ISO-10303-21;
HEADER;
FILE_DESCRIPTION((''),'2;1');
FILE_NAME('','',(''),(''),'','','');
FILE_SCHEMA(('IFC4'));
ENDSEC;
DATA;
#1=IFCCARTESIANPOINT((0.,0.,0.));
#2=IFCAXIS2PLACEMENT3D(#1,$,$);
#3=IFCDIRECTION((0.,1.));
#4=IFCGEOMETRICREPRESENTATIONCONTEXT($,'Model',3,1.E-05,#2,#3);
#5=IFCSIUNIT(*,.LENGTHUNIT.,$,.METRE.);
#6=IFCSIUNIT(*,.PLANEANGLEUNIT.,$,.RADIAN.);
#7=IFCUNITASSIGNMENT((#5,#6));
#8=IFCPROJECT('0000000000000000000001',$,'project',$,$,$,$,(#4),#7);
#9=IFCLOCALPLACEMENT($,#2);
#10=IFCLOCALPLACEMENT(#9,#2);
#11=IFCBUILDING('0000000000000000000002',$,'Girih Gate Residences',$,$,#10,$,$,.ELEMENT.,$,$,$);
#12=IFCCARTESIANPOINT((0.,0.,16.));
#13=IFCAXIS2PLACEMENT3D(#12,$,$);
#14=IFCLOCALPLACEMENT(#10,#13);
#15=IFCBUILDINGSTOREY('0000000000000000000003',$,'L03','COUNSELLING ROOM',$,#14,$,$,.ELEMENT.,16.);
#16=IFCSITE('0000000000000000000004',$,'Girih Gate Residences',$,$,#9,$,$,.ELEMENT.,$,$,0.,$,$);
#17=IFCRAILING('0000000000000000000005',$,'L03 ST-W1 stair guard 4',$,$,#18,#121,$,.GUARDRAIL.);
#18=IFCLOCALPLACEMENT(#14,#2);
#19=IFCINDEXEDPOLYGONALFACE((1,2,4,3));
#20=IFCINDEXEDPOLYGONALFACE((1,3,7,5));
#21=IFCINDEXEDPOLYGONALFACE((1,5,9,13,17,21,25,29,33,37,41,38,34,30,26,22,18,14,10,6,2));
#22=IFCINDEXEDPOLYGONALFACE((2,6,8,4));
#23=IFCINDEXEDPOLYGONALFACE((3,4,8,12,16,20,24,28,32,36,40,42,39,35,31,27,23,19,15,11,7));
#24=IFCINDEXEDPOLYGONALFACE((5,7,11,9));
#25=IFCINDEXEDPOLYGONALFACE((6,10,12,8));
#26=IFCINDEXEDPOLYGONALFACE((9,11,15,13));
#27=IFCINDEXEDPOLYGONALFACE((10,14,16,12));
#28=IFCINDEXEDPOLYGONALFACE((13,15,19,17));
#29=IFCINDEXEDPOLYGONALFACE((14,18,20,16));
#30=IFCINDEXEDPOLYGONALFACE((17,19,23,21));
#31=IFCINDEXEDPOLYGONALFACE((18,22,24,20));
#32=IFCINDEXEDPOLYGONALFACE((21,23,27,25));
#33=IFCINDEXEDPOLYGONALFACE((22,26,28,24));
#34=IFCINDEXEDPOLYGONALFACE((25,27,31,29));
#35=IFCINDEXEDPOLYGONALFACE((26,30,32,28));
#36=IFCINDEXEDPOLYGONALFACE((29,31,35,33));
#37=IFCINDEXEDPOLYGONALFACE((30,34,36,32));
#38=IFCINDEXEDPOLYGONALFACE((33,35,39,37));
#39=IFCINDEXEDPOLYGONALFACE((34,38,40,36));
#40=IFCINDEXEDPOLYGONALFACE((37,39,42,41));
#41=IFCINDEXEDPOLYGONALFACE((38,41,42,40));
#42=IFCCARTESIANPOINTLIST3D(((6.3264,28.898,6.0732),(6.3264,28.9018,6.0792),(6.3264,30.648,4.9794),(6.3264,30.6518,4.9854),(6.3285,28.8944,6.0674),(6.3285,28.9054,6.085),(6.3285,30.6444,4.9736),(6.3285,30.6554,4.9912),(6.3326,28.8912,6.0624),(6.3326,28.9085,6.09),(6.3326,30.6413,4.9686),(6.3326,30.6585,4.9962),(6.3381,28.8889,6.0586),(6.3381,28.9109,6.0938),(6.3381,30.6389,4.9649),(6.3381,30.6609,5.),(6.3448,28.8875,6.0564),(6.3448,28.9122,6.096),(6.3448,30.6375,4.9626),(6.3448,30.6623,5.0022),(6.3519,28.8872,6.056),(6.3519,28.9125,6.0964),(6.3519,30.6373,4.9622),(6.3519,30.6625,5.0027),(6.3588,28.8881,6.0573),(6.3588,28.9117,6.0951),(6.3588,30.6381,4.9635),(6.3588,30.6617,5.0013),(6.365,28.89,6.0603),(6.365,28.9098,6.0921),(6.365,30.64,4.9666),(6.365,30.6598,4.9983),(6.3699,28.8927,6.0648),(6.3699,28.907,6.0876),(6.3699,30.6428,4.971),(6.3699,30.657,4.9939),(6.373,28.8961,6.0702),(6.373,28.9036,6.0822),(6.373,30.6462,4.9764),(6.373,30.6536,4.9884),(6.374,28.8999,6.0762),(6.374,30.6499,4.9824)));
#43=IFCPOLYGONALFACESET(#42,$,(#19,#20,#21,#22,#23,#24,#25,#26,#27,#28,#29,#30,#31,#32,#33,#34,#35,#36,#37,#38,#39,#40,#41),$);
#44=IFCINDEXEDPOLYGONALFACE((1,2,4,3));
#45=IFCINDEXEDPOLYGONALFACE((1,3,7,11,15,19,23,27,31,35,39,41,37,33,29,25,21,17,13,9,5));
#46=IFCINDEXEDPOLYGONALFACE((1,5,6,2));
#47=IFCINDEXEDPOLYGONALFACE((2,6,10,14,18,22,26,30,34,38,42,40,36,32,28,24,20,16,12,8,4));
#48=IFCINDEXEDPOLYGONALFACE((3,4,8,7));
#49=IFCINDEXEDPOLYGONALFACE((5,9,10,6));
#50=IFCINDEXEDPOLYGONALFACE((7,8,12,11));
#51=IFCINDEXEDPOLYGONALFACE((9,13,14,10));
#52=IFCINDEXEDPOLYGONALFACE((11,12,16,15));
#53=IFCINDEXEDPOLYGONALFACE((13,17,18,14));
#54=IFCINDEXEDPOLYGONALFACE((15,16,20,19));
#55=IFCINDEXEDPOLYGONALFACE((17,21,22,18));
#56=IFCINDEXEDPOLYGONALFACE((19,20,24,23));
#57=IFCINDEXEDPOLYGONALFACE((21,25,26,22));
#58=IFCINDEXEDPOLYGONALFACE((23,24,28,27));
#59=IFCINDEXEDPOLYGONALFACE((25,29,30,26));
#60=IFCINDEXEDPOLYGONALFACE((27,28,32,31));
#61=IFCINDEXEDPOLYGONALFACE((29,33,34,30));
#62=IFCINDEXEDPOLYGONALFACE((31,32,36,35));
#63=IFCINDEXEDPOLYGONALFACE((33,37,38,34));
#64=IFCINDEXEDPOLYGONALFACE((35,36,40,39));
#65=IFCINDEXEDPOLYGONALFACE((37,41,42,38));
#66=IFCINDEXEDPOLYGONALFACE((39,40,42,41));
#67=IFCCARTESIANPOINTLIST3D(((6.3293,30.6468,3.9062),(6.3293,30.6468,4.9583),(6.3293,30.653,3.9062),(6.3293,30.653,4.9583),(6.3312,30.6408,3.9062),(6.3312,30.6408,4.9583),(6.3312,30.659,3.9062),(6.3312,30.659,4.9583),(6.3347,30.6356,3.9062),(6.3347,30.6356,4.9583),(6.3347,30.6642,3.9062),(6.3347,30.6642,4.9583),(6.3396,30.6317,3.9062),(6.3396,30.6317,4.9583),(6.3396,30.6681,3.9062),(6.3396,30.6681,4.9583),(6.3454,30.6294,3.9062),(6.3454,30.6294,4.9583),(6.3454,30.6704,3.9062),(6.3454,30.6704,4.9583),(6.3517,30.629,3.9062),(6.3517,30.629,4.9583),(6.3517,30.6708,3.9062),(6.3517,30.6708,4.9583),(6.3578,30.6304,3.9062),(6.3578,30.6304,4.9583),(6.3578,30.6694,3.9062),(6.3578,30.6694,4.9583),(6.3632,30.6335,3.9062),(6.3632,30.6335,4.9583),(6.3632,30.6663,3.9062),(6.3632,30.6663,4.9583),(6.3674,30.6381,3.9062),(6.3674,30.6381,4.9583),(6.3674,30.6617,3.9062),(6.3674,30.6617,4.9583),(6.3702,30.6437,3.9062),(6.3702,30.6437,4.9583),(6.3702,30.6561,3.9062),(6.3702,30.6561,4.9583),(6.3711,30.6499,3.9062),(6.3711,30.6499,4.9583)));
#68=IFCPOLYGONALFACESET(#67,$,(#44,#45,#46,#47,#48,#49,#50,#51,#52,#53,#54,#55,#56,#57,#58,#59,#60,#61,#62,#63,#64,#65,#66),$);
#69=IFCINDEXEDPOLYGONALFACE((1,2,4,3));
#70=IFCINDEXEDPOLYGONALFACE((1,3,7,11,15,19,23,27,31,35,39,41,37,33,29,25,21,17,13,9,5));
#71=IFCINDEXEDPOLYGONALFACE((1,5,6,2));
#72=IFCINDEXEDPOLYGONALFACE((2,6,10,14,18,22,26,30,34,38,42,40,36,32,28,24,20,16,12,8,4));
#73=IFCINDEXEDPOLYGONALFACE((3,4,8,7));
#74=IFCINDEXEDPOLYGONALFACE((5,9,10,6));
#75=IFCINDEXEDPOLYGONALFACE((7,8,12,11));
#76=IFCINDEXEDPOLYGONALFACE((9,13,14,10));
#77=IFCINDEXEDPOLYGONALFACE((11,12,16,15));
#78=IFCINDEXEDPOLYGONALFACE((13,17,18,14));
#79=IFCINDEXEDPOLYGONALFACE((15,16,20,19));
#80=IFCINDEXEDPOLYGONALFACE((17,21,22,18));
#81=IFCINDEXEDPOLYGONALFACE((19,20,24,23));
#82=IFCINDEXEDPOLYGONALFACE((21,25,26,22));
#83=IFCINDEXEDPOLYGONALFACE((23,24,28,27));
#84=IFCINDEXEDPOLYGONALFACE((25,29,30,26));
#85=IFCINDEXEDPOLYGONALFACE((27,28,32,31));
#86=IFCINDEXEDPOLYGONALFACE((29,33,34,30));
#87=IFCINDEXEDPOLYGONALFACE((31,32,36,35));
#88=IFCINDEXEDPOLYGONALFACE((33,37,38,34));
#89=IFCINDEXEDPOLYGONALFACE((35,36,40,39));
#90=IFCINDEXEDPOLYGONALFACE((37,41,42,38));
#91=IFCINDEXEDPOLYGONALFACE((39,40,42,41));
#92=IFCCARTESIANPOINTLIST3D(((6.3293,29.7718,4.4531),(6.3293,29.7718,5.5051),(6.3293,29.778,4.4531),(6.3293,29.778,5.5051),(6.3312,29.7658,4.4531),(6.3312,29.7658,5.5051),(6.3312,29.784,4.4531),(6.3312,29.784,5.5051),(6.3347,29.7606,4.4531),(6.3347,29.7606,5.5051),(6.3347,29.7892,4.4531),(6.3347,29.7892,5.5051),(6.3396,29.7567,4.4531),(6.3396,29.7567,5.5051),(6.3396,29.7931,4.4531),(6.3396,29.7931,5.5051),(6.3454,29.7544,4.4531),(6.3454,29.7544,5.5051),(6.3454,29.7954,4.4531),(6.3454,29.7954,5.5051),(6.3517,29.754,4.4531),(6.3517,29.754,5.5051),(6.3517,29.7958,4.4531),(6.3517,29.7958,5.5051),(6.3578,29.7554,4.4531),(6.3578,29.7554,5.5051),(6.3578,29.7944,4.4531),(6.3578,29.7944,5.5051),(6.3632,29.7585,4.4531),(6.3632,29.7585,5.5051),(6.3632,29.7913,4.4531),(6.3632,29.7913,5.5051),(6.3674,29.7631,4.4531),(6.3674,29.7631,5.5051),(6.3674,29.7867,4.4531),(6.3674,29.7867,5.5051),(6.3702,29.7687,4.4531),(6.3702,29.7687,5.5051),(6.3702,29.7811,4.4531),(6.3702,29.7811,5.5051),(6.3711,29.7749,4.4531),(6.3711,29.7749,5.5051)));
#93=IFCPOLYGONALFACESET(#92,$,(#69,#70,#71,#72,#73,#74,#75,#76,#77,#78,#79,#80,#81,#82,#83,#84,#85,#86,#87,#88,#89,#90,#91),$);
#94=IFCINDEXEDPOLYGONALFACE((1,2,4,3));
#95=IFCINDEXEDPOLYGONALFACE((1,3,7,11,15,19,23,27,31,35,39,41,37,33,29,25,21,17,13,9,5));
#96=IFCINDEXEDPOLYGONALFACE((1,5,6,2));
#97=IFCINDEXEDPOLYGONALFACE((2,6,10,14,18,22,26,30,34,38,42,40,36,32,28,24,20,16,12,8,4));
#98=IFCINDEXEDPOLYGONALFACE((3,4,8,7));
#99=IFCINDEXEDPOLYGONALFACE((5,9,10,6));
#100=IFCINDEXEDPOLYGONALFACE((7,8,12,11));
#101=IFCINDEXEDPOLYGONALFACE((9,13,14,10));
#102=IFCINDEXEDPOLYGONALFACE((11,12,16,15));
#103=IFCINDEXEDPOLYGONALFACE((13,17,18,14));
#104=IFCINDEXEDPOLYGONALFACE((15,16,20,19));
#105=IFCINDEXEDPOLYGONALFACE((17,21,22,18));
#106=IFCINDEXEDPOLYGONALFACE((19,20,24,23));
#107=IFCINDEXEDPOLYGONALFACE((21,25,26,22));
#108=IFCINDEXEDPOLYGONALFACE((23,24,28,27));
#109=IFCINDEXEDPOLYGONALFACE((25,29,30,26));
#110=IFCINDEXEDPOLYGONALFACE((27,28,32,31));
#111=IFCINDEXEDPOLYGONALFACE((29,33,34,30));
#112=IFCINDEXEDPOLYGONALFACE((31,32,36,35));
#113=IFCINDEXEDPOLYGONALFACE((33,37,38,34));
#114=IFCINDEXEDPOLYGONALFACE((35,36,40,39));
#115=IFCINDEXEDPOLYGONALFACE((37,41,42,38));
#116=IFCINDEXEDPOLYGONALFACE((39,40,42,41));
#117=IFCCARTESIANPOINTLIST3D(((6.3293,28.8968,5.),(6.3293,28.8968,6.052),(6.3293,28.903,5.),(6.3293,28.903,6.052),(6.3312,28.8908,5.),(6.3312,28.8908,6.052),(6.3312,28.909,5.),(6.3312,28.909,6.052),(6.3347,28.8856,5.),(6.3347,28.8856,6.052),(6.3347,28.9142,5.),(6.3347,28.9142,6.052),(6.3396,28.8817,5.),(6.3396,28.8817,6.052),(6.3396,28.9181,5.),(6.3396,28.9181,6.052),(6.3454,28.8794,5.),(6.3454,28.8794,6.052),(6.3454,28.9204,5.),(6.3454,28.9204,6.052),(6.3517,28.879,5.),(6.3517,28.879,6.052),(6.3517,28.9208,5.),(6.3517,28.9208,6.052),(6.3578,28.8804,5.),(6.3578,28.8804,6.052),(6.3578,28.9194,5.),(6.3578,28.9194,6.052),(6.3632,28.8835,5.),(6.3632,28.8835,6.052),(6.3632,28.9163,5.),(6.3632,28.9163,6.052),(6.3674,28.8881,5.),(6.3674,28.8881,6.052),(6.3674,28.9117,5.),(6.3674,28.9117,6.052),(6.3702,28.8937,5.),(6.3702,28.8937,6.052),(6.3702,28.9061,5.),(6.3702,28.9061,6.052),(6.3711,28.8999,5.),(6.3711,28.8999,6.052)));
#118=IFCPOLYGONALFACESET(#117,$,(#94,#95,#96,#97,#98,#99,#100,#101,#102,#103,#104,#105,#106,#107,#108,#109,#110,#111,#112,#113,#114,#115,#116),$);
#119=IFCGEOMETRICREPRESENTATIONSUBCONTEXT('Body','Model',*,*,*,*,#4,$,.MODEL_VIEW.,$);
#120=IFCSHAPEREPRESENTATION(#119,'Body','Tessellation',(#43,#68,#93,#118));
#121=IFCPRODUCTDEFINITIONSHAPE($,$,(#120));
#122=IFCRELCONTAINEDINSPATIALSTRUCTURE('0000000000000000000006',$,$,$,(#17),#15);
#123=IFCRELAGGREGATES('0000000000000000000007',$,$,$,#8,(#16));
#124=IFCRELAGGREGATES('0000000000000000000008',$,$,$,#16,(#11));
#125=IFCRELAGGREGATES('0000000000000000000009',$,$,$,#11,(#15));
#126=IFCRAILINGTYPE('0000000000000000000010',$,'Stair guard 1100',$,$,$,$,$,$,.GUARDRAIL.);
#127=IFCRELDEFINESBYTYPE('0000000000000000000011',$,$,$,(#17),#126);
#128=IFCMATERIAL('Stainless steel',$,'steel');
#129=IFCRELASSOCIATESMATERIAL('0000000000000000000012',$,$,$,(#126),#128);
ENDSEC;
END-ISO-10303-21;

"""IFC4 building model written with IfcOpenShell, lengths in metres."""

from ifc_helpers import new_model, si_unit, direction, frame, origin, origin_2d, place, context, subcontext, project, spatial, circle, extrude, material, type_object, element, save


model = new_model("IFC4")

# Units and contexts
model_context = context("Model", 3, precision=1e-05, world=origin(), true_north=direction((0.0, 1.0)))
body_context = subcontext(model_context, "Body", "Model", "MODEL_VIEW")
ifc_project = project(units=[si_unit("LENGTHUNIT", "METRE"), si_unit("PLANEANGLEUNIT", "RADIAN")], contexts=[model_context])

# Site, building, storey
site_placement = place(None, origin())
site = spatial("IfcSite", under=ifc_project, at=site_placement, Name="Girih Gate Residences", CompositionType="ELEMENT", RefElevation=0.0)
building_placement = place(site_placement, origin())
building = spatial("IfcBuilding", under=site, at=building_placement, Name="Girih Gate Residences", CompositionType="ELEMENT")
storey_placement = place(building_placement, frame((0.0, 0.0, 16.0)))
storey = spatial("IfcBuildingStorey", under=building, at=storey_placement, Name="L03", Description="COUNSELLING ROOM", CompositionType="ELEMENT", Elevation=16.0)

# Railing
ifc_material_1 = material(Name="Stainless steel", Category="steel")
railing_type_1 = type_object("IfcRailingType", Name="Stair guard 1100", PredefinedType="GUARDRAIL", material=ifc_material_1)
railing_1_placement = place(storey_placement, frame((6.3501, 30.6499, 3.9062)))
element("IfcRailing", 1, at=railing_1_placement, inside=storey, type_object=railing_type_1, Name="L03 ST-W1 stair guard 4", PredefinedType="GUARDRAIL", context=body_context, shape_type="SweptSolid", body=[
    extrude(circle(Radius=0.0239, at=origin_2d()), frame((0.0, 0.0, 1.0762), z_axis=(0.0, -0.847998, 0.529999), x_axis=(1.0, 0.0, 0.0)), (0.0, 0.0, 1.0), 2.0637),
    extrude(circle(Radius=0.021, at=origin_2d()), origin(), (0.0, 0.0, 1.0), 1.052),
    extrude(circle(Radius=0.021, at=origin_2d()), frame((0.0, -0.875, 0.5469)), (0.0, 0.0, 1.0), 1.052),
    extrude(circle(Radius=0.021, at=origin_2d()), frame((0.0, -1.75, 1.0938)), (0.0, 0.0, 1.0), 1.052),
])

save(model, "model.ifc")
